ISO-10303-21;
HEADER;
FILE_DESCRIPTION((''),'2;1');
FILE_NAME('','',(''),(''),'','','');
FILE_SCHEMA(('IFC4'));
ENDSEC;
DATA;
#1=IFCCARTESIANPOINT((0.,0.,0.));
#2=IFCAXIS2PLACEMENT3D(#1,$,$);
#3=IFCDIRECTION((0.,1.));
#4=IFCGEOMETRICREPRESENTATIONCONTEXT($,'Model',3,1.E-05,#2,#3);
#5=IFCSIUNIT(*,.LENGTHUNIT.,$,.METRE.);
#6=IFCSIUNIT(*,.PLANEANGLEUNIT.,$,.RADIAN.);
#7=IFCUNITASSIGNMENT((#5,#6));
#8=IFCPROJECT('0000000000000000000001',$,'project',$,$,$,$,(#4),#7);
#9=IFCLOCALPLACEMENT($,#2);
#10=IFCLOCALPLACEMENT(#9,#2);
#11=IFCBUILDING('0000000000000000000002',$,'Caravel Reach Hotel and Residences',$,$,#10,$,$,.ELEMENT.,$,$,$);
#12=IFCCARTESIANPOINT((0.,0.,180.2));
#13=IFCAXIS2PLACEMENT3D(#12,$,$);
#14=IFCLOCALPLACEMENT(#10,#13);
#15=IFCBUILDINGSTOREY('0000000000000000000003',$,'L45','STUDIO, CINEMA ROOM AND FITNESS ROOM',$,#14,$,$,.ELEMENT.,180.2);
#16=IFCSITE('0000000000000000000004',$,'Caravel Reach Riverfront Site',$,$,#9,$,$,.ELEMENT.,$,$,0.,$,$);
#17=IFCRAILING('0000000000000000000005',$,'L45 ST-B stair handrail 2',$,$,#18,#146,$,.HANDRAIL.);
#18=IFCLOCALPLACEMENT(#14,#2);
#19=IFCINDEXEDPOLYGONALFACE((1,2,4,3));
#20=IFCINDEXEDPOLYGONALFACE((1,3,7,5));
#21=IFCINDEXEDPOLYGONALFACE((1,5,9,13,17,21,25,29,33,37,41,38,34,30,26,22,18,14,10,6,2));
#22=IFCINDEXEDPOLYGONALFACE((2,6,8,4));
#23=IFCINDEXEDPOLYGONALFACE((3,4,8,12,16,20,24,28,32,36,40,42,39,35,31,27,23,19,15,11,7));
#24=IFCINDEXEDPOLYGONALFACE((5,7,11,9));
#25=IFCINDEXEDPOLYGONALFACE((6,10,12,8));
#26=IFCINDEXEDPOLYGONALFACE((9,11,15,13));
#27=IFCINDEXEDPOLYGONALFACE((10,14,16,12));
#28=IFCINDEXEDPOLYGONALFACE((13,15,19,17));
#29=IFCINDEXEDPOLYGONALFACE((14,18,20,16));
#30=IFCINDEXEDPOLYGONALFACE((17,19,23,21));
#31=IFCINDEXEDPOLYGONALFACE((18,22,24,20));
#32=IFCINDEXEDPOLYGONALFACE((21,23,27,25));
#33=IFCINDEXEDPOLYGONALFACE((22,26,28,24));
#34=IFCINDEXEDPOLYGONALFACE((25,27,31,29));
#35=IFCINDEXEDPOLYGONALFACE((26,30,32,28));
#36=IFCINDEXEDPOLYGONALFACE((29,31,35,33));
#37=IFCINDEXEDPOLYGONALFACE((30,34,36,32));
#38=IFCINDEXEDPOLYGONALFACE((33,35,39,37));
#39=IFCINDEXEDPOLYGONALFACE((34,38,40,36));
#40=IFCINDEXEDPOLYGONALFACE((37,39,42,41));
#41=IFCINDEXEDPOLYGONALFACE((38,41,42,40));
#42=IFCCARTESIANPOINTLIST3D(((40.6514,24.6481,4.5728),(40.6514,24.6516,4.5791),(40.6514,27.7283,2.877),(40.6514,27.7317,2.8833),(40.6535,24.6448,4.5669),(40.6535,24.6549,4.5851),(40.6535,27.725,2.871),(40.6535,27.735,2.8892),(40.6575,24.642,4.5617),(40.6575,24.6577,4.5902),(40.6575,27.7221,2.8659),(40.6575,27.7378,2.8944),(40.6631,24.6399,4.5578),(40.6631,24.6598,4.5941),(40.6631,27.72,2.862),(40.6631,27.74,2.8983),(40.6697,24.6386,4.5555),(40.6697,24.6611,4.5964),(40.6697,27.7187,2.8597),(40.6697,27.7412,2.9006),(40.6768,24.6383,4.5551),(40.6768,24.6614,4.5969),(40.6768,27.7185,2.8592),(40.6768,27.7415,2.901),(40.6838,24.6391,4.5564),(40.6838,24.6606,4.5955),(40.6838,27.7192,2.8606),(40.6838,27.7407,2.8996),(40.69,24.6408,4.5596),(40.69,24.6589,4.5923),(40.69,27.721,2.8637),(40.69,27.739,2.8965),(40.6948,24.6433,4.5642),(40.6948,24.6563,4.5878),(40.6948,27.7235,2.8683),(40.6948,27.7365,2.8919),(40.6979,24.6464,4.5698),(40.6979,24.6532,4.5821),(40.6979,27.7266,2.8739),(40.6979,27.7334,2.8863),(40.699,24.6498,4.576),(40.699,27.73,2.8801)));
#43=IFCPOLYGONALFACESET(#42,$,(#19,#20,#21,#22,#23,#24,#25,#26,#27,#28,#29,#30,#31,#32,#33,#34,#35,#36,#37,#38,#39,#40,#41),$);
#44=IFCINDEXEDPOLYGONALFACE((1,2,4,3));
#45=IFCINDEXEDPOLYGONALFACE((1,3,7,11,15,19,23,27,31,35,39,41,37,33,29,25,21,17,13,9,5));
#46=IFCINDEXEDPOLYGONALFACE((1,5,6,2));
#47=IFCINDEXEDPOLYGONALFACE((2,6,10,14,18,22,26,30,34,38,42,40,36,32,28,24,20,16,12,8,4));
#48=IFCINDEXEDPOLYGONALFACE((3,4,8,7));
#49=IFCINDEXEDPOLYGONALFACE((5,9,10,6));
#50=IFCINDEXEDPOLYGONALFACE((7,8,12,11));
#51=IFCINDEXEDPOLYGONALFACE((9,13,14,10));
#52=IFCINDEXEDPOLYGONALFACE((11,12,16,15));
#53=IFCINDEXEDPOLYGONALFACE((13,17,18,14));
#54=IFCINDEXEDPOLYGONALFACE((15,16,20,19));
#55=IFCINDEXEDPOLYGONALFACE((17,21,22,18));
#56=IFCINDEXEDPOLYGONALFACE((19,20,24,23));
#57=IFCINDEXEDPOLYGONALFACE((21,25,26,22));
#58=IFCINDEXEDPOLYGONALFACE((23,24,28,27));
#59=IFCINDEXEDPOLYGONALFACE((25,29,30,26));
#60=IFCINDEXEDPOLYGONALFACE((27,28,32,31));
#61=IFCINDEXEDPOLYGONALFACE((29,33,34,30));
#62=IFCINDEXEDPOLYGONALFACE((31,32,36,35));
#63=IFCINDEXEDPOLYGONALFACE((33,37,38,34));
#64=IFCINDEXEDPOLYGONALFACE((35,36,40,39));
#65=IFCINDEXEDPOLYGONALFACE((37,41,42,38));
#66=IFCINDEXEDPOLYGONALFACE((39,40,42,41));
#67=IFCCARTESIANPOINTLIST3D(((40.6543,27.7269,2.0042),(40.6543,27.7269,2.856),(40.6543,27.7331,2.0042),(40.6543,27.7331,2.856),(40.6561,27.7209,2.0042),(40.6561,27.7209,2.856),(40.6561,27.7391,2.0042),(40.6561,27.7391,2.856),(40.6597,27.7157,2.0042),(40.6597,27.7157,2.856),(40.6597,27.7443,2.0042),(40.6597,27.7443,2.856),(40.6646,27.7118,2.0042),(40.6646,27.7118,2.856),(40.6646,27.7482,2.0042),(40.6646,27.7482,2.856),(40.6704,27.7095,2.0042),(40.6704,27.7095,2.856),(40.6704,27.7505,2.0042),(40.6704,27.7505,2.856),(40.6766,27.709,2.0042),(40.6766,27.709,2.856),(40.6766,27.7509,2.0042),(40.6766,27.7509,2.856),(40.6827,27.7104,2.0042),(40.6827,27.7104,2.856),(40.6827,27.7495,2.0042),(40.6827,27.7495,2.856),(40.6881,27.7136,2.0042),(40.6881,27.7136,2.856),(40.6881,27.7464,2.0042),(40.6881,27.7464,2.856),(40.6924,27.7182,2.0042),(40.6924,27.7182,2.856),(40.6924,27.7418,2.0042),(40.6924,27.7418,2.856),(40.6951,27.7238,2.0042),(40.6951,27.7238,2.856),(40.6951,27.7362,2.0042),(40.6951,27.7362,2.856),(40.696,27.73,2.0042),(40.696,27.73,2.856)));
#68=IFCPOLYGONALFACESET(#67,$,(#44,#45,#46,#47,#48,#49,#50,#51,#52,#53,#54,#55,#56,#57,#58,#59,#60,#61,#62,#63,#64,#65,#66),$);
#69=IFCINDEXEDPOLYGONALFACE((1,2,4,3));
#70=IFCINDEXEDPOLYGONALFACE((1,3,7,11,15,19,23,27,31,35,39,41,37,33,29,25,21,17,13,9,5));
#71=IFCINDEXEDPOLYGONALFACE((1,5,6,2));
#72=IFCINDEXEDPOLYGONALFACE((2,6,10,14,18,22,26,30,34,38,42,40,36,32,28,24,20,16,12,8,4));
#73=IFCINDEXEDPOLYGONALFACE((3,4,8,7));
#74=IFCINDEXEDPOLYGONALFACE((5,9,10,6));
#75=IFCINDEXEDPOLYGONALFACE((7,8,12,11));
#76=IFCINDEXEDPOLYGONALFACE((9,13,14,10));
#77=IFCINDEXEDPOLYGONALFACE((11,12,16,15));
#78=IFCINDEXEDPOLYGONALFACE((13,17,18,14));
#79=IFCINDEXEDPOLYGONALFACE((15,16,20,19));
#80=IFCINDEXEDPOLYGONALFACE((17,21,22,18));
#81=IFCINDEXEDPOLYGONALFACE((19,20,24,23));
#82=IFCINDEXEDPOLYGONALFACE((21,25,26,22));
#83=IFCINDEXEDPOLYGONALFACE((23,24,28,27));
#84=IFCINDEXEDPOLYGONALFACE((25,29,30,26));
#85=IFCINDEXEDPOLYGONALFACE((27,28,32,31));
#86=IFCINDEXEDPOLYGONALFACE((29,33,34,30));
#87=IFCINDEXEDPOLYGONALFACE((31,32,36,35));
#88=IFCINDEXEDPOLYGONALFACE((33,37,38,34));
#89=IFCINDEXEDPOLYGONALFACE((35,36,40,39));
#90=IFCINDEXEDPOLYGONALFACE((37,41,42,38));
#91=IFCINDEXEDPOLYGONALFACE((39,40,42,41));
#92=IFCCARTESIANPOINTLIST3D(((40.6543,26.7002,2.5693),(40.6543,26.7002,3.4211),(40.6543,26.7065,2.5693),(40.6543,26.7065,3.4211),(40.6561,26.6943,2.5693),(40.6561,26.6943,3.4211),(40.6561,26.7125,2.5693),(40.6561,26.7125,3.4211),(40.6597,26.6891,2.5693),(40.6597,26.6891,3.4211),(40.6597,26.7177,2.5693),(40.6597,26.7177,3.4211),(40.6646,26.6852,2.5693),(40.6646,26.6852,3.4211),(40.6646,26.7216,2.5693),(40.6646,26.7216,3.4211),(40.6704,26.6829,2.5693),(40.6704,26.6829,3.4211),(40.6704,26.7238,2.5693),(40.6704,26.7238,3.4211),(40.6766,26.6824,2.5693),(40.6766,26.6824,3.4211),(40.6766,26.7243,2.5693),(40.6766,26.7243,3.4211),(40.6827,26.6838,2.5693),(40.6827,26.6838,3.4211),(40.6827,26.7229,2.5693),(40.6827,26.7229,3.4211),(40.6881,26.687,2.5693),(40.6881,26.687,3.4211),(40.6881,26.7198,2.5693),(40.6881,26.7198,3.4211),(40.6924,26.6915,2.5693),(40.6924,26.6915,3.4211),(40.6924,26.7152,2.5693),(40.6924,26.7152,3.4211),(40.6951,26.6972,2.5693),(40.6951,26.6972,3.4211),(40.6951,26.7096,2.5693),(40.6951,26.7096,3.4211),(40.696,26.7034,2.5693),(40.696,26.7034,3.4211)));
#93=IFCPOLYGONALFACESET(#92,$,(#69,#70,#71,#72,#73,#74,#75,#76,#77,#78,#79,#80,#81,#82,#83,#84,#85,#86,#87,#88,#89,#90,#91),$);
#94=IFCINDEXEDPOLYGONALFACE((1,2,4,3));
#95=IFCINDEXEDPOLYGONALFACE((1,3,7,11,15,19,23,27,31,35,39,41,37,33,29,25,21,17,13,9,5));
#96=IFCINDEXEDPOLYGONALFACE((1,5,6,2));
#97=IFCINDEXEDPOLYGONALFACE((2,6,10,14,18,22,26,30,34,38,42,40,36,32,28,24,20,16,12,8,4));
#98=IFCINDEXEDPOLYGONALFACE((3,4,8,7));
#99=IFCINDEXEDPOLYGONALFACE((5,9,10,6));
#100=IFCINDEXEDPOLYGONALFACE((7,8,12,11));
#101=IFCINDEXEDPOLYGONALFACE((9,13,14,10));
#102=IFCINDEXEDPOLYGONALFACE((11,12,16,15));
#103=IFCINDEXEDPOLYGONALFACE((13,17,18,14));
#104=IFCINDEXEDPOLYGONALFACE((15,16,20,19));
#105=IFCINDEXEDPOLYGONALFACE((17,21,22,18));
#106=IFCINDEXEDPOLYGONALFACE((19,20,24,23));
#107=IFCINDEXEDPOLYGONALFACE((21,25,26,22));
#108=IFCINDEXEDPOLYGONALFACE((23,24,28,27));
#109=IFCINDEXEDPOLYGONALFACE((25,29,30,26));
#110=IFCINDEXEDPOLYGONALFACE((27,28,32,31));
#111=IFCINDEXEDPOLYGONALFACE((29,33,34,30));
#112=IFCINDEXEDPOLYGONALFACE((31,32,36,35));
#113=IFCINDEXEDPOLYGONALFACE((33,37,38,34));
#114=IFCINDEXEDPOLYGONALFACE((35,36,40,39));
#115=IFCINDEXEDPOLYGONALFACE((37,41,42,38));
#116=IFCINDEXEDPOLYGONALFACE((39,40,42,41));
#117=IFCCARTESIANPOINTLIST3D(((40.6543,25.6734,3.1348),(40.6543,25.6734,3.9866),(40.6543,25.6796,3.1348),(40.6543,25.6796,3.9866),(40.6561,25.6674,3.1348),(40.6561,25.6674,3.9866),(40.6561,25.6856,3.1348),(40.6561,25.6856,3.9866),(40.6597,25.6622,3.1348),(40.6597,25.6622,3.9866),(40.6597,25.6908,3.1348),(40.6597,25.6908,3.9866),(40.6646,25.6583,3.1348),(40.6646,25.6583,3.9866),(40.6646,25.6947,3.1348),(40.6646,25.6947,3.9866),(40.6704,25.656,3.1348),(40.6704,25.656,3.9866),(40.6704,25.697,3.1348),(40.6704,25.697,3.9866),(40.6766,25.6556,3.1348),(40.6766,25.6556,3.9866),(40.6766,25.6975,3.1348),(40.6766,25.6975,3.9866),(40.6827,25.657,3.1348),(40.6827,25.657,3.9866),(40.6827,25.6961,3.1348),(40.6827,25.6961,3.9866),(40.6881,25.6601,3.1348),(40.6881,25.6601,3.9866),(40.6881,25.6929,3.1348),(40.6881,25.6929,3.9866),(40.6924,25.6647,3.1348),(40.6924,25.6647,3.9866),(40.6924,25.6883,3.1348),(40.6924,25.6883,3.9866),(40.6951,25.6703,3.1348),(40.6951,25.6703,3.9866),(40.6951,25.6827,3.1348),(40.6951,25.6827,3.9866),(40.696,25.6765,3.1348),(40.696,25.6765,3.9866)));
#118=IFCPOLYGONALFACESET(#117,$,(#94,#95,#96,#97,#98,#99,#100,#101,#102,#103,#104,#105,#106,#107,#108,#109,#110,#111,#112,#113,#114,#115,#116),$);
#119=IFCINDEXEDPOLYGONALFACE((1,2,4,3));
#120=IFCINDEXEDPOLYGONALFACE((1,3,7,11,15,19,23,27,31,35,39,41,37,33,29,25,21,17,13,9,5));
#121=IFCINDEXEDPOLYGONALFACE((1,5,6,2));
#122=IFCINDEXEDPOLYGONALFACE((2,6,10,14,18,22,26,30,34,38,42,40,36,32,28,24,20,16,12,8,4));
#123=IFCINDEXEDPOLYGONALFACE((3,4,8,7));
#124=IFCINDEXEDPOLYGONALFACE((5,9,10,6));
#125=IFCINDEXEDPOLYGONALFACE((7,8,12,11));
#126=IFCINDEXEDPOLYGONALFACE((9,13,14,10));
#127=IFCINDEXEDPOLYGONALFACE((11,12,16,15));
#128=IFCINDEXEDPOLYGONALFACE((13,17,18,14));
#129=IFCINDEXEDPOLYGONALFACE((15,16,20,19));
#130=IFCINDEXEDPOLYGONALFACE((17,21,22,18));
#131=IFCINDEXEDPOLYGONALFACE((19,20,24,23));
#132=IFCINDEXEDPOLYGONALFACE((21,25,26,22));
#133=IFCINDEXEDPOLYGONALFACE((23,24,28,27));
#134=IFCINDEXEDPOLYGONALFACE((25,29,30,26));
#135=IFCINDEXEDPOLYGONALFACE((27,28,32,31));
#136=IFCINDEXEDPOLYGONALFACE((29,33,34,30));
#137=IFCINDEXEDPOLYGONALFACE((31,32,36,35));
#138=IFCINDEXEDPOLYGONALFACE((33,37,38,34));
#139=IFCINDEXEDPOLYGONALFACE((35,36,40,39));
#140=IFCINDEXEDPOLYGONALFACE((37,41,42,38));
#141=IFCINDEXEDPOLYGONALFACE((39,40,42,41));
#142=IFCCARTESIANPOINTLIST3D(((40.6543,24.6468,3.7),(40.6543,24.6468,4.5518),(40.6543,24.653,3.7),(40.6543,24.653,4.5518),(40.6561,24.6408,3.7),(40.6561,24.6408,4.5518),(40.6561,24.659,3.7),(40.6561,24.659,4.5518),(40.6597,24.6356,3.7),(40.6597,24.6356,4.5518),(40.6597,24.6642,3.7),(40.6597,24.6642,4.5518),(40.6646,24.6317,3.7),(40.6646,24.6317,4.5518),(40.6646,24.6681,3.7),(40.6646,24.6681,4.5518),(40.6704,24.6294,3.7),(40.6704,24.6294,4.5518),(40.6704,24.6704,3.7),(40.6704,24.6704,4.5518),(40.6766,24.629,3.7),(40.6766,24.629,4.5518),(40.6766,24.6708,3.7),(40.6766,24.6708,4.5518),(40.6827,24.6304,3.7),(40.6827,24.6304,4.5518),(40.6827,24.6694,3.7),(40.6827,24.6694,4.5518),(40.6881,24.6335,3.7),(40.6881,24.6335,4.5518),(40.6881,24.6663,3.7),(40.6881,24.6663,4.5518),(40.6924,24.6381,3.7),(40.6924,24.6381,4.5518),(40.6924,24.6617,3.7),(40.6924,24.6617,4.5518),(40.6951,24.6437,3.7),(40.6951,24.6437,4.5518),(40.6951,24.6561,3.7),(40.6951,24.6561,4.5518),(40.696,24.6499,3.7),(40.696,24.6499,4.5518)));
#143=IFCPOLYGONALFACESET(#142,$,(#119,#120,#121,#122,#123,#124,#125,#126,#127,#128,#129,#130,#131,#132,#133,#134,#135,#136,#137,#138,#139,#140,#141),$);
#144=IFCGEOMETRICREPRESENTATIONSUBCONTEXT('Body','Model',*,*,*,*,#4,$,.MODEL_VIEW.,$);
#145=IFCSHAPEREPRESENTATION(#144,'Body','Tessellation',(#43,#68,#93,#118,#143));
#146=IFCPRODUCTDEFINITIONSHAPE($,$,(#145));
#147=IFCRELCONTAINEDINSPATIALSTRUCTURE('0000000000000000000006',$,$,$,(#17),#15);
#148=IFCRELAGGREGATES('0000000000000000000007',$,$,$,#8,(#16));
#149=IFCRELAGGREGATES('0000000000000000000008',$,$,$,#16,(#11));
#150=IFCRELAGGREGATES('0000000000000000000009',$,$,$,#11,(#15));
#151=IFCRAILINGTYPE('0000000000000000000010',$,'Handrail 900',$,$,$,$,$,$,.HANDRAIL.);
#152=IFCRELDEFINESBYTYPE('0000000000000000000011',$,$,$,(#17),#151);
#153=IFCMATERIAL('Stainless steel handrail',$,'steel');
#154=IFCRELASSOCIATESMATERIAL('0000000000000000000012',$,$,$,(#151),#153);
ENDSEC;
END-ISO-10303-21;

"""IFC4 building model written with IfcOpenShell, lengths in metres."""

from ifc_helpers import new_model, si_unit, direction, frame, origin, origin_2d, place, context, subcontext, project, spatial, circle, extrude, material, type_object, element, save


model = new_model("IFC4")

# Units and contexts
model_context = context("Model", 3, precision=1e-05, world=origin(), true_north=direction((0.0, 1.0)))
body_context = subcontext(model_context, "Body", "Model", "MODEL_VIEW")
ifc_project = project(units=[si_unit("LENGTHUNIT", "METRE"), si_unit("PLANEANGLEUNIT", "RADIAN")], contexts=[model_context])

# Site, building, storey
site_placement = place(None, origin())
site = spatial("IfcSite", under=ifc_project, at=site_placement, Name="Caravel Reach Riverfront Site", CompositionType="ELEMENT", RefElevation=0.0)
building_placement = place(site_placement, origin())
building = spatial("IfcBuilding", under=site, at=building_placement, Name="Caravel Reach Hotel and Residences", CompositionType="ELEMENT")
storey_placement = place(building_placement, frame((0.0, 0.0, 180.2)))
storey = spatial("IfcBuildingStorey", under=building, at=storey_placement, Name="L45", Description="STUDIO, CINEMA ROOM AND FITNESS ROOM", CompositionType="ELEMENT", Elevation=180.2)

# Railing
ifc_material_1 = material(Name="Stainless steel handrail", Category="steel")
railing_type_1 = type_object("IfcRailingType", Name="Handrail 900", PredefinedType="HANDRAIL", material=ifc_material_1)
railing_1_placement = place(storey_placement, frame((40.675, 27.73, 2.0042)))
element("IfcRailing", 1, at=railing_1_placement, inside=storey, type_object=railing_type_1, Name="L45 ST-B stair handrail 2", PredefinedType="HANDRAIL", context=body_context, shape_type="SweptSolid", body=[
    extrude(circle(Radius=0.0239, at=origin_2d()), frame((0.0, 0.0, 0.876), z_axis=(0.0, -0.876005, 0.482303), x_axis=(1.0, 0.0, 0.0)), (0.0, 0.0, 1.0), 3.5161),
    extrude(circle(Radius=0.021, at=origin_2d()), origin(), (0.0, 0.0, 1.0), 0.8518),
    extrude(circle(Radius=0.021, at=origin_2d()), frame((0.0, -1.0266, 0.5652)), (0.0, 0.0, 1.0), 0.8518),
    extrude(circle(Radius=0.021, at=origin_2d()), frame((0.0, -2.0535, 1.1306)), (0.0, 0.0, 1.0), 0.8518),
    extrude(circle(Radius=0.021, at=origin_2d()), frame((0.0, -3.0801, 1.6958)), (0.0, 0.0, 1.0), 0.8518),
])

save(model, "model.ifc")
